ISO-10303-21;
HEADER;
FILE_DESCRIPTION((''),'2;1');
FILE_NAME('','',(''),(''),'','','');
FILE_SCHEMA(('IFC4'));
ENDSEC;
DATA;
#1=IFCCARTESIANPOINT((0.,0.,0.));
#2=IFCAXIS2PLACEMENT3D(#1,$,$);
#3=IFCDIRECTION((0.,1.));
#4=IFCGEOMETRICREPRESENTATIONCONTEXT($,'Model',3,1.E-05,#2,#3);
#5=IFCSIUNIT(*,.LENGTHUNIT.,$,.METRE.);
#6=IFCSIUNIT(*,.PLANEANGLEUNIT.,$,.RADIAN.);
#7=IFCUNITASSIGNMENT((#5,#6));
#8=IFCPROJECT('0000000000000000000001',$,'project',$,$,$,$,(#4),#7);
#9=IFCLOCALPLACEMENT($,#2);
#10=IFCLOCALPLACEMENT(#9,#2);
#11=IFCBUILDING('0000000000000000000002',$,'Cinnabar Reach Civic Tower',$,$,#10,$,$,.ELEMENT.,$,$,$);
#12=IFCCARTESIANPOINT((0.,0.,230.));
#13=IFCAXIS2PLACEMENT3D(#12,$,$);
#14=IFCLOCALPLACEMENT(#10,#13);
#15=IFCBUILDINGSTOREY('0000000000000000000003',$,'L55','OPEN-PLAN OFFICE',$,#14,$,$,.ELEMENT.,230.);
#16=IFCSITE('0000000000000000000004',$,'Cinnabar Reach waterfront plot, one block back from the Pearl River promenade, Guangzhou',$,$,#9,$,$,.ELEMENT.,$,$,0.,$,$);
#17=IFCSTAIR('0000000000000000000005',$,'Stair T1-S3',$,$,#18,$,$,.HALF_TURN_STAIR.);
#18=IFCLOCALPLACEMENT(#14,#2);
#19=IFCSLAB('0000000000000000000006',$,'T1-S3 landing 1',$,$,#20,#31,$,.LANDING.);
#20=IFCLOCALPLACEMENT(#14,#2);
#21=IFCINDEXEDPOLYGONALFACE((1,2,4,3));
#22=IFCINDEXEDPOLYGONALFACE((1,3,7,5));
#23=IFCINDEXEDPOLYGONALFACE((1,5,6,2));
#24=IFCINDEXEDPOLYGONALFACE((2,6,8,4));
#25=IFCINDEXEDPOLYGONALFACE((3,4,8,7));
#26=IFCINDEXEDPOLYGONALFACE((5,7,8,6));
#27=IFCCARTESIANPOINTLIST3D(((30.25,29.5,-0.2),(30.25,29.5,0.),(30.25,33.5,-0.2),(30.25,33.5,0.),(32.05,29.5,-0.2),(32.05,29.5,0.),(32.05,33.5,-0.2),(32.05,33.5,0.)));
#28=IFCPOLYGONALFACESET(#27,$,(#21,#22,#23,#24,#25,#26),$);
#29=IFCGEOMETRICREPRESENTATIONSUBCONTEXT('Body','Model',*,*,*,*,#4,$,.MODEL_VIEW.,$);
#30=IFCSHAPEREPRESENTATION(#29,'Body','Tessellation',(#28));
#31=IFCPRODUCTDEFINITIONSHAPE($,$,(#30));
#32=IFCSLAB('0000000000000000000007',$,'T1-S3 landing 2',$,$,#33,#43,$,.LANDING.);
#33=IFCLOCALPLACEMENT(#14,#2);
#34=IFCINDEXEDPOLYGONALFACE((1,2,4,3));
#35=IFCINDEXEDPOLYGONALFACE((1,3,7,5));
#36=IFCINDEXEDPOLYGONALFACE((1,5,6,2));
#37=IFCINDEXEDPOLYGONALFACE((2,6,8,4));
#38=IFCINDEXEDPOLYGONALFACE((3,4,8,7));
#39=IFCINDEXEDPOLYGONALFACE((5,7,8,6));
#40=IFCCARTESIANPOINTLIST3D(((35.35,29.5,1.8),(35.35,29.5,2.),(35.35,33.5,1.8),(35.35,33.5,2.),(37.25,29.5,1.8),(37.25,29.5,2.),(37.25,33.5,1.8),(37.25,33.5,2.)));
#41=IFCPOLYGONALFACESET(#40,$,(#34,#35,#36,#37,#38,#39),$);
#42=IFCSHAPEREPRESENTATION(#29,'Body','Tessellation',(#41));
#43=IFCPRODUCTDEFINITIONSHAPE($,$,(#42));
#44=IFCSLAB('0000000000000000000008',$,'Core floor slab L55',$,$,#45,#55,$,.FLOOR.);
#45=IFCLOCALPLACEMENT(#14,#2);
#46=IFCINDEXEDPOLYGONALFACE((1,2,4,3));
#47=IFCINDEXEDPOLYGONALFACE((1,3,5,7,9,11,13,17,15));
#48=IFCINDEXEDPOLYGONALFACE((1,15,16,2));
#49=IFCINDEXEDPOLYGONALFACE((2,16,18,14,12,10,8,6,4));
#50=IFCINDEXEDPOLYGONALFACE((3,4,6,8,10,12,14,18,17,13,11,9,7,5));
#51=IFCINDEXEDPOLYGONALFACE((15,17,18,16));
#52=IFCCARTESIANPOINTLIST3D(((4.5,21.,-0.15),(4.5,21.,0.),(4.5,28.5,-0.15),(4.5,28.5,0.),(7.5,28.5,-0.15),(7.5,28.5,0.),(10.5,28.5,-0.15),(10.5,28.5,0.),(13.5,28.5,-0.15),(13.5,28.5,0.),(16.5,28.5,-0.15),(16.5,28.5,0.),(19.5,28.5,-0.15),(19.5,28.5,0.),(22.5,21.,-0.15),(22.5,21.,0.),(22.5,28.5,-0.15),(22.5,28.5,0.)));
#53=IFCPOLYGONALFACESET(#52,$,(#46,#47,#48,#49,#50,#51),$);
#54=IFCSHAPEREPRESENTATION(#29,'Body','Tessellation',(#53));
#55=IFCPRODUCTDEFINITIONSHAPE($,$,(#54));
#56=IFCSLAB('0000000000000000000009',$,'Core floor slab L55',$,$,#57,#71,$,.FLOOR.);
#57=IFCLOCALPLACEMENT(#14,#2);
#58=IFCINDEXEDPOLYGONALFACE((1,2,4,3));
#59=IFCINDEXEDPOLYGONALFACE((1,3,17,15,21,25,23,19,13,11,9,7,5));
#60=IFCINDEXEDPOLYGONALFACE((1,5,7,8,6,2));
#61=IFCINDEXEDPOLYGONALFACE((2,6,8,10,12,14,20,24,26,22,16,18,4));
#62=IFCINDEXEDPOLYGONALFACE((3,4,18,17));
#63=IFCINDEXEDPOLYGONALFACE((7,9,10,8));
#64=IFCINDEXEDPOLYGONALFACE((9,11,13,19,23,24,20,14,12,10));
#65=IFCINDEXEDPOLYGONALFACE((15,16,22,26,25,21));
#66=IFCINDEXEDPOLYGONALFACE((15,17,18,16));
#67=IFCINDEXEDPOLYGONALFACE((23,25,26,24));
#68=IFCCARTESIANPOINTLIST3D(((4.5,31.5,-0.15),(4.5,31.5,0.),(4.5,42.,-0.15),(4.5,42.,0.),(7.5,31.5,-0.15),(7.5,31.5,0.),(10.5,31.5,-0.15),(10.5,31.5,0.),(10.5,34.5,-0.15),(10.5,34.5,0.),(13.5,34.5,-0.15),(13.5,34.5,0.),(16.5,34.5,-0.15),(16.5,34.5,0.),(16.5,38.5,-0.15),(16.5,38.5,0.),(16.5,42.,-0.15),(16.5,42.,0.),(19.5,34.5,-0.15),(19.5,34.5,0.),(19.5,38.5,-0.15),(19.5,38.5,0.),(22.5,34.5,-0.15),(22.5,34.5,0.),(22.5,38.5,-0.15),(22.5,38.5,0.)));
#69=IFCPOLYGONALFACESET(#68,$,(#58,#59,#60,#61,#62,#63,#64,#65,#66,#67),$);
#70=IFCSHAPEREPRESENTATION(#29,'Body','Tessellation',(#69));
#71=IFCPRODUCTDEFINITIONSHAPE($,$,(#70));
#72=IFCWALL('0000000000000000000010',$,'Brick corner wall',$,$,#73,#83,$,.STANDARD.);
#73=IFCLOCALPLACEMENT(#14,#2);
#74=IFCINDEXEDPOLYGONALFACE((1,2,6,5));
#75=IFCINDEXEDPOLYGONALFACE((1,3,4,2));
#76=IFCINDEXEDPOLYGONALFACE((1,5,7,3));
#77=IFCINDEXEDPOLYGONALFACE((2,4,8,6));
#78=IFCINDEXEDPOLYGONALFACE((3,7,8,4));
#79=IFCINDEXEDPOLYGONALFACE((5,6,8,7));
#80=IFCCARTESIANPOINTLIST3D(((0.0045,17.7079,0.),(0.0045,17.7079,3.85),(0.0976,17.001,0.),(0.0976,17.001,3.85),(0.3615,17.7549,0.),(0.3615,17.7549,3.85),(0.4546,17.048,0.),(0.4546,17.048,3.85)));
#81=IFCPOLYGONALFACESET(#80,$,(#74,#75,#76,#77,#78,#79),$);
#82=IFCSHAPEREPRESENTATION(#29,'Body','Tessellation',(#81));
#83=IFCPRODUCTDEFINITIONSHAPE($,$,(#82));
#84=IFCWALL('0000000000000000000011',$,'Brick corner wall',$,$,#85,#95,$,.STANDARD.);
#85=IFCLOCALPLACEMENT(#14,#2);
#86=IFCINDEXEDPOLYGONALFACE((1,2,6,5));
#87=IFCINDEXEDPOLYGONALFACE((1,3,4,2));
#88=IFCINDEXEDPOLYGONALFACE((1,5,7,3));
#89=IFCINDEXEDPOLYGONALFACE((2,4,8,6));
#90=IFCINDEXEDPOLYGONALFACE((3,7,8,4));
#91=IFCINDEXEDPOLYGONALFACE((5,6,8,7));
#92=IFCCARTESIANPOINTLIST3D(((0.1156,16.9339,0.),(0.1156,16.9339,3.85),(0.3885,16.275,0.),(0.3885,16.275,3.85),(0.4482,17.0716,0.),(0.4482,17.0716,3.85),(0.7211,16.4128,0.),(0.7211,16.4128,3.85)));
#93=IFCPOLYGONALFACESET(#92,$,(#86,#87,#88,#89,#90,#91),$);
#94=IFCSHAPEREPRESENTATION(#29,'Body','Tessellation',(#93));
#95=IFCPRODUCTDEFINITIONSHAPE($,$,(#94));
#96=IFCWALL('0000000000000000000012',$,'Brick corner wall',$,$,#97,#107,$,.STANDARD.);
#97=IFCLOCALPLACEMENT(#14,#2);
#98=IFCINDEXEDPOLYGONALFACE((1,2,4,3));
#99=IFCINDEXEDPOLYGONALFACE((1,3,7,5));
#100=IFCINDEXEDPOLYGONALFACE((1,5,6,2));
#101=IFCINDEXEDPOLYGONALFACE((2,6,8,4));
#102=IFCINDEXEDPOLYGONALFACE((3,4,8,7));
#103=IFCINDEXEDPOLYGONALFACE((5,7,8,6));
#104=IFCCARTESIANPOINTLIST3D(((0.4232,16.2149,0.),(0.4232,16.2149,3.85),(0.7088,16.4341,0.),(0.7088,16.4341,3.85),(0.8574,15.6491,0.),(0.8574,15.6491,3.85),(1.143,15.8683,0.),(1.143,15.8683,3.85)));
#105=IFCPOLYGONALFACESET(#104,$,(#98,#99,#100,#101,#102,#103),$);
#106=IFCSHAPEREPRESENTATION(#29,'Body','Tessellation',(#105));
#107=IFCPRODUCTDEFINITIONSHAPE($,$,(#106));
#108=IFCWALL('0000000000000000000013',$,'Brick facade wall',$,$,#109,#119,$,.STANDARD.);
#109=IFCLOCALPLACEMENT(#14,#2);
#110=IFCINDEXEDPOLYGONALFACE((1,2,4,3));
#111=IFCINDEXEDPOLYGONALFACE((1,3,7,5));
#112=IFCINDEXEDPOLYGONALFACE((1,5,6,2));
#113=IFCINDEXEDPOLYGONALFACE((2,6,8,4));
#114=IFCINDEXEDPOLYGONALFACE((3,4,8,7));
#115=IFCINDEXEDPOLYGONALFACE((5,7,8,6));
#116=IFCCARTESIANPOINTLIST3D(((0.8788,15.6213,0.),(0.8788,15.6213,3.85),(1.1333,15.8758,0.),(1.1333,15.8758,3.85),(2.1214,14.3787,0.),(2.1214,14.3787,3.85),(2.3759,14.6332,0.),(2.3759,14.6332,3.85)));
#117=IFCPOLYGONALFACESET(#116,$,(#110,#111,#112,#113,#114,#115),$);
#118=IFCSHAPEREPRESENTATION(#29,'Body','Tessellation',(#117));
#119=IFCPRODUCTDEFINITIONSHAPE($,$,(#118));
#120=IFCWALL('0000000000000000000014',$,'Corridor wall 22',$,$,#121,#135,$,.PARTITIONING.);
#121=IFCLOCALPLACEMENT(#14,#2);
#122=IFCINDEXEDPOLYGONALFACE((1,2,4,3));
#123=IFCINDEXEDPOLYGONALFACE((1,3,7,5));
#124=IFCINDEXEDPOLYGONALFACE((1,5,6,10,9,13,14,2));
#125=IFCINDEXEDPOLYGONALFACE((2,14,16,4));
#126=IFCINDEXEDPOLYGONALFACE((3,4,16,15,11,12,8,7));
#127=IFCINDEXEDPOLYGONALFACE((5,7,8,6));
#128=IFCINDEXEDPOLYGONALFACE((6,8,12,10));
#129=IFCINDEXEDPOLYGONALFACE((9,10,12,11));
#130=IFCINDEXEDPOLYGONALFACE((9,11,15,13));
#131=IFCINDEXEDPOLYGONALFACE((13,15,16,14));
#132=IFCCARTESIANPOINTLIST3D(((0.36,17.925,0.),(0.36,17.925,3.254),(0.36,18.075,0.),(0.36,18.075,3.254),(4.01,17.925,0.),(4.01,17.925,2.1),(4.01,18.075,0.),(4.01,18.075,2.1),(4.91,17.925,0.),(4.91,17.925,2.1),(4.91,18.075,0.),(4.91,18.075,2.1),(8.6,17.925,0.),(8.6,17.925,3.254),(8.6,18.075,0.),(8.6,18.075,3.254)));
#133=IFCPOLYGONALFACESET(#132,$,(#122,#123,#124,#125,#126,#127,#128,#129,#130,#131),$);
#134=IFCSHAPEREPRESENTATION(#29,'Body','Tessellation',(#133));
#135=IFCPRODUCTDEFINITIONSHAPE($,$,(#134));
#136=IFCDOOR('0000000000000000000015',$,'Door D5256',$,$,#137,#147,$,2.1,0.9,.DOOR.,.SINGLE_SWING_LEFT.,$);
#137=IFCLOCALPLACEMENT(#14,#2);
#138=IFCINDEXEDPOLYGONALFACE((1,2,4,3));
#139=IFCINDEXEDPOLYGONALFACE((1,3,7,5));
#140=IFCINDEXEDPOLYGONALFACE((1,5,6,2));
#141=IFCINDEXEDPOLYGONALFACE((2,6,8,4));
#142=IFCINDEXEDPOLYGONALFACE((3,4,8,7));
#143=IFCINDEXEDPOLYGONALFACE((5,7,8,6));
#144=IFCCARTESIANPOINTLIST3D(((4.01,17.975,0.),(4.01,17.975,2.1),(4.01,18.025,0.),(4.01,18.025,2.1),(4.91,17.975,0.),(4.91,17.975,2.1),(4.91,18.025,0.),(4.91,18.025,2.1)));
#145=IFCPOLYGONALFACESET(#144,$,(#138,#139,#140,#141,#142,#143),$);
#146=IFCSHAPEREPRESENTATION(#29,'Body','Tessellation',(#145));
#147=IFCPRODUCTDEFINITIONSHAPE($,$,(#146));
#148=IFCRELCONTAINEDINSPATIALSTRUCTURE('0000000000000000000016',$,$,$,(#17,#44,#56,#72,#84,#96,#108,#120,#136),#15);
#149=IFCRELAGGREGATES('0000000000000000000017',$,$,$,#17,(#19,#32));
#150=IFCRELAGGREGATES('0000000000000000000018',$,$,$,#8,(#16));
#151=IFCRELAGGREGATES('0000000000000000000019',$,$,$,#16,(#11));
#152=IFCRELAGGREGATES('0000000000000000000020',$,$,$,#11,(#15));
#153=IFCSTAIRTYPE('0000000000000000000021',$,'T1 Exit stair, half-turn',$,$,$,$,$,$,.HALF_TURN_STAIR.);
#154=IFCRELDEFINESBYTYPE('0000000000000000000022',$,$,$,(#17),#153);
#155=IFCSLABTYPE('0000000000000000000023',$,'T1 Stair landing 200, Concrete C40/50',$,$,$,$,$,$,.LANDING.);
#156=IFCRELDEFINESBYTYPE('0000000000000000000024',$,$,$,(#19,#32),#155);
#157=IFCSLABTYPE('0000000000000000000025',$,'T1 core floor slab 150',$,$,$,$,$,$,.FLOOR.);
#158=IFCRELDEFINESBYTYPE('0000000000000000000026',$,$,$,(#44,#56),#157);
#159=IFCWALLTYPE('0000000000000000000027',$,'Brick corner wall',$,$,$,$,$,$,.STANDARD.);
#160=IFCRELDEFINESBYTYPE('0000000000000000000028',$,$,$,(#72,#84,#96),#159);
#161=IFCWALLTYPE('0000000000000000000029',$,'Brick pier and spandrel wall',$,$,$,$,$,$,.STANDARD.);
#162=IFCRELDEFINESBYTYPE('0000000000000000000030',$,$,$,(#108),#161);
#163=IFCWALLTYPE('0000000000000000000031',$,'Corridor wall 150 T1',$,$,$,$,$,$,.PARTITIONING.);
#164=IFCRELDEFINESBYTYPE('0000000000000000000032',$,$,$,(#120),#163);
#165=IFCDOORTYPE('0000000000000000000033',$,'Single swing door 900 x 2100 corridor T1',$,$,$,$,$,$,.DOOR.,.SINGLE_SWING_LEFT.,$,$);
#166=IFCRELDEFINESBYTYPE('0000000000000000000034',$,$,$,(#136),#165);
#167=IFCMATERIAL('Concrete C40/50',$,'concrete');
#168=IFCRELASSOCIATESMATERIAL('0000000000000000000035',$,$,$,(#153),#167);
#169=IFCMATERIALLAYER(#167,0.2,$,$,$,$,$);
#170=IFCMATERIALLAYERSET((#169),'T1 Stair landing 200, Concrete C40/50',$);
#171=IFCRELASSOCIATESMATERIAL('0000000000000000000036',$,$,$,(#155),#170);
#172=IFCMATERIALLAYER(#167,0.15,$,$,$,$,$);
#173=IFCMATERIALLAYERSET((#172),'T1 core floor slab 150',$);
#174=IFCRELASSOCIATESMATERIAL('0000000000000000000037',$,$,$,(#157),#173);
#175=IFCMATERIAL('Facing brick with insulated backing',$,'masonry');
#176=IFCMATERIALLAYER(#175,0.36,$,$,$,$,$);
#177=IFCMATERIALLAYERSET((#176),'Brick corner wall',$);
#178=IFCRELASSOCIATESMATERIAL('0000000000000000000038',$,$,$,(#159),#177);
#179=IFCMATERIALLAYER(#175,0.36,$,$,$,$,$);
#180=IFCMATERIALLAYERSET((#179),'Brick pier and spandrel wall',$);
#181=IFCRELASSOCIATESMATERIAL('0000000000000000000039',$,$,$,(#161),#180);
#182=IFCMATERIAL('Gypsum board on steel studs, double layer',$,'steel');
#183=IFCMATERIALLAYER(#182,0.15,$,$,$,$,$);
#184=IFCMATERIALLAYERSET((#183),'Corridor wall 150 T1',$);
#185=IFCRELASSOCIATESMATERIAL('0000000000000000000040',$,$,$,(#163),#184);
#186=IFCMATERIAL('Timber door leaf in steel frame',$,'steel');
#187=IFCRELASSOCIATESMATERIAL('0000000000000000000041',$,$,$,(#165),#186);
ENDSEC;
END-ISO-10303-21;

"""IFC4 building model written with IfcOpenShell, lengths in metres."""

from ifc_helpers import new_model, si_unit, direction, frame, frame_2d, origin, place, context, subcontext, project, spatial, polyline, rectangle, outline, extrude, material, layer, layer_set, type_object, element, fill, aggregate, save


model = new_model("IFC4")

# Units and contexts
model_context = context("Model", 3, precision=1e-05, world=origin(), true_north=direction((0.0, 1.0)))
body_context = subcontext(model_context, "Body", "Model", "MODEL_VIEW")
ifc_project = project(units=[si_unit("LENGTHUNIT", "METRE"), si_unit("PLANEANGLEUNIT", "RADIAN")], contexts=[model_context])

# Site, building, storey
site_placement = place(None, origin())
site = spatial("IfcSite", under=ifc_project, at=site_placement, Name="Cinnabar Reach waterfront plot, one block back from the Pearl River promenade, Guangzhou", CompositionType="ELEMENT", RefElevation=0.0)
building_placement = place(site_placement, origin())
building = spatial("IfcBuilding", under=site, at=building_placement, Name="Cinnabar Reach Civic Tower", CompositionType="ELEMENT")
storey_placement = place(building_placement, frame((0.0, 0.0, 230.0)))
storey = spatial("IfcBuildingStorey", under=building, at=storey_placement, Name="L55", Description="OPEN-PLAN OFFICE", CompositionType="ELEMENT", Elevation=230.0)

# Stair, slabs
ifc_material_1 = material(Name="Concrete C40/50", Category="concrete")
stair_type = type_object("IfcStairType", Name="T1 Exit stair, half-turn", PredefinedType="HALF_TURN_STAIR", material=ifc_material_1)
ifc_layer_1 = layer(ifc_material_1, 0.2)
ifc_layer_set_1 = layer_set([ifc_layer_1], Name="T1 Stair landing 200, Concrete C40/50")
slab_type_1 = type_object("IfcSlabType", Name="T1 Stair landing 200, Concrete C40/50", PredefinedType="LANDING", material=ifc_layer_set_1)
stair_1_placement = place(storey_placement, origin())
stair_1 = element("IfcStair", 1, at=stair_1_placement, inside=storey, type_object=stair_type, Name="Stair T1-S3", PredefinedType="HALF_TURN_STAIR")
slab_1_placement = place(storey_placement, frame((0.0, 0.0, -0.2)))
slab_1 = element("IfcSlab", 2, at=slab_1_placement, type_object=slab_type_1, Name="T1-S3 landing 1", PredefinedType="LANDING", context=body_context, shape_type="SweptSolid", body=[
    extrude(outline(polyline([(30.25, 29.5), (32.05, 29.5), (32.05, 33.5), (30.25, 33.5), (30.25, 29.5)])), origin(), (0.0, 0.0, 1.0), 0.2),
])
slab_2_placement = place(storey_placement, frame((0.0, 0.0, 1.8)))
slab_2 = element("IfcSlab", 3, at=slab_2_placement, type_object=slab_type_1, Name="T1-S3 landing 2", PredefinedType="LANDING", context=body_context, shape_type="SweptSolid", body=[
    extrude(outline(polyline([(35.35, 29.5), (37.25, 29.5), (37.25, 33.5), (35.35, 33.5), (35.35, 29.5)])), origin(), (0.0, 0.0, 1.0), 0.2),
])
aggregate(stair_1, [slab_1, slab_2])

# Slabs
ifc_layer_2 = layer(ifc_material_1, 0.15)
ifc_layer_set_2 = layer_set([ifc_layer_2], Name="T1 core floor slab 150")
slab_type_2 = type_object("IfcSlabType", Name="T1 core floor slab 150", PredefinedType="FLOOR", material=ifc_layer_set_2)
slab_3_placement = place(storey_placement, frame((0.0, 0.0, -0.15)))
element("IfcSlab", 4, at=slab_3_placement, inside=storey, type_object=slab_type_2, Name="Core floor slab L55", PredefinedType="FLOOR", context=body_context, shape_type="SweptSolid", body=[
    extrude(outline(polyline([(22.5, 21.0), (4.5, 21.0), (4.5, 28.5), (7.5, 28.5), (10.5, 28.5), (13.5, 28.5), (16.5, 28.5), (19.5, 28.5), (22.5, 28.5), (22.5, 21.0)])), origin(), (0.0, 0.0, 1.0), 0.15),
])
slab_4_placement = place(storey_placement, frame((0.0, 0.0, -0.15)))
element("IfcSlab", 5, at=slab_4_placement, inside=storey, type_object=slab_type_2, Name="Core floor slab L55", PredefinedType="FLOOR", context=body_context, shape_type="SweptSolid", body=[
    extrude(outline(polyline([(22.5, 34.5), (19.5, 34.5), (16.5, 34.5), (13.5, 34.5), (10.5, 34.5), (10.5, 31.5), (7.5, 31.5), (4.5, 31.5), (4.5, 42.0), (16.5, 42.0), (16.5, 38.5), (19.5, 38.5), (22.5, 38.5), (22.5, 34.5)])), origin(), (0.0, 0.0, 1.0), 0.15),
])

# Walls
ifc_material_2 = material(Name="Facing brick with insulated backing", Category="masonry")
ifc_layer_3 = layer(ifc_material_2, 0.36)
ifc_layer_set_3 = layer_set([ifc_layer_3], Name="Brick corner wall")
wall_type_1 = type_object("IfcWallType", Name="Brick corner wall", PredefinedType="STANDARD", material=ifc_layer_set_3)
for number, where, z_axis, x_axis, name in (
    (6, (0.183, 17.7314, 0.0), (0.0, 0.0, 1.0), (0.130556, -0.991441, 0.0), "Brick corner wall"),
    (7, (0.2819, 17.0027, 0.0), (0.0, 0.0, 1.0), (0.382703, -0.923872, 0.0), "Brick corner wall"),
):
    element("IfcWall", number, at=place(storey_placement, frame(where, z_axis=z_axis, x_axis=x_axis)), inside=storey, type_object=wall_type_1, Name=name, PredefinedType="STANDARD", context=body_context, shape_type="SweptSolid", body=[
        extrude(rectangle(XDim=0.7131, YDim=0.36, at=frame_2d((0.3565, 0.0))), origin(), (0.0, 0.0, 1.0), 3.85),
    ])
wall_1_placement = place(storey_placement, frame((0.566, 16.3245, 0.0), z_axis=(0.0, 0.0, 1.0), x_axis=(0.608802, -0.793322, 0.0)))
element("IfcWall", 8, at=wall_1_placement, inside=storey, type_object=wall_type_1, Name="Brick corner wall", PredefinedType="STANDARD", context=body_context, shape_type="SweptSolid", body=[
    extrude(rectangle(XDim=0.7132, YDim=0.36, at=frame_2d((0.3566, 0.0))), origin(), (0.0, 0.0, 1.0), 3.85),
])
ifc_layer_4 = layer(ifc_material_2, 0.36)
ifc_layer_set_4 = layer_set([ifc_layer_4], Name="Brick pier and spandrel wall")
wall_type_2 = type_object("IfcWallType", Name="Brick pier and spandrel wall", PredefinedType="STANDARD", material=ifc_layer_set_4)
wall_2_placement = place(storey_placement, frame((1.006, 15.7486, 0.0), z_axis=(0.0, 0.0, 1.0), x_axis=(0.707107, -0.707107, 0.0)))
element("IfcWall", 9, at=wall_2_placement, inside=storey, type_object=wall_type_2, Name="Brick facade wall", PredefinedType="STANDARD", context=body_context, shape_type="SweptSolid", body=[
    extrude(rectangle(XDim=1.7573, YDim=0.36, at=frame_2d((0.8787, 0.0))), origin(), (0.0, 0.0, 1.0), 3.85),
])

# Wall, opening, door
ifc_material_3 = material(Name="Gypsum board on steel studs, double layer", Category="steel")
ifc_layer_5 = layer(ifc_material_3, 0.15)
ifc_layer_set_5 = layer_set([ifc_layer_5], Name="Corridor wall 150 T1")
wall_type_3 = type_object("IfcWallType", Name="Corridor wall 150 T1", PredefinedType="PARTITIONING", material=ifc_layer_set_5)
wall_3_placement = place(storey_placement, frame((0.36, 18.0, 0.0), z_axis=(0.0, 0.0, 1.0), x_axis=(1.0, 0.0, 0.0)))
wall_3 = element("IfcWall", 10, at=wall_3_placement, inside=storey, type_object=wall_type_3, Name="Corridor wall 22", PredefinedType="PARTITIONING", context=body_context, shape_type="SweptSolid", body=[
    extrude(rectangle(XDim=8.24, YDim=0.15, at=frame_2d((4.12, 0.0))), origin(), (0.0, 0.0, 1.0), 3.254),
])
opening_placement = place(wall_3_placement, frame((3.65, 0.0, 0.0)))
opening = element("IfcOpeningElement", 11, at=opening_placement, cuts=wall_3, PredefinedType="OPENING", context=body_context, shape_type="SweptSolid", body=[
    extrude(rectangle(XDim=0.9, YDim=2.1, at=frame_2d((0.45, 1.05))), frame((0.0, 0.085, 0.0), z_axis=(0.0, -1.0, 0.0), x_axis=(1.0, 0.0, 0.0)), (0.0, 0.0, 1.0), 0.17),
])
ifc_material_4 = material(Name="Timber door leaf in steel frame", Category="steel")
door_type = type_object("IfcDoorType", Name="Single swing door 900 x 2100 corridor T1", OperationType="SINGLE_SWING_LEFT", PredefinedType="DOOR", material=ifc_material_4)
door_placement = place(opening_placement, frame((0.9, 0.0, 0.0), z_axis=(0.0, 0.0, 1.0), x_axis=(-1.0, 0.0, 0.0)))
door = element("IfcDoor", 12, at=door_placement, inside=storey, type_object=door_type, Name="Door D5256", OperationType="SINGLE_SWING_LEFT", OverallHeight=2.1, OverallWidth=0.9, PredefinedType="DOOR", context=body_context, shape_type="SweptSolid", body=[
    extrude(rectangle(XDim=0.9, YDim=2.1, at=frame_2d((0.45, 1.05))), frame((0.0, 0.025, 0.0), z_axis=(0.0, -1.0, 0.0), x_axis=(1.0, 0.0, 0.0)), (0.0, 0.0, 1.0), 0.05),
])
fill(opening, door)

save(model, "model.ifc")
